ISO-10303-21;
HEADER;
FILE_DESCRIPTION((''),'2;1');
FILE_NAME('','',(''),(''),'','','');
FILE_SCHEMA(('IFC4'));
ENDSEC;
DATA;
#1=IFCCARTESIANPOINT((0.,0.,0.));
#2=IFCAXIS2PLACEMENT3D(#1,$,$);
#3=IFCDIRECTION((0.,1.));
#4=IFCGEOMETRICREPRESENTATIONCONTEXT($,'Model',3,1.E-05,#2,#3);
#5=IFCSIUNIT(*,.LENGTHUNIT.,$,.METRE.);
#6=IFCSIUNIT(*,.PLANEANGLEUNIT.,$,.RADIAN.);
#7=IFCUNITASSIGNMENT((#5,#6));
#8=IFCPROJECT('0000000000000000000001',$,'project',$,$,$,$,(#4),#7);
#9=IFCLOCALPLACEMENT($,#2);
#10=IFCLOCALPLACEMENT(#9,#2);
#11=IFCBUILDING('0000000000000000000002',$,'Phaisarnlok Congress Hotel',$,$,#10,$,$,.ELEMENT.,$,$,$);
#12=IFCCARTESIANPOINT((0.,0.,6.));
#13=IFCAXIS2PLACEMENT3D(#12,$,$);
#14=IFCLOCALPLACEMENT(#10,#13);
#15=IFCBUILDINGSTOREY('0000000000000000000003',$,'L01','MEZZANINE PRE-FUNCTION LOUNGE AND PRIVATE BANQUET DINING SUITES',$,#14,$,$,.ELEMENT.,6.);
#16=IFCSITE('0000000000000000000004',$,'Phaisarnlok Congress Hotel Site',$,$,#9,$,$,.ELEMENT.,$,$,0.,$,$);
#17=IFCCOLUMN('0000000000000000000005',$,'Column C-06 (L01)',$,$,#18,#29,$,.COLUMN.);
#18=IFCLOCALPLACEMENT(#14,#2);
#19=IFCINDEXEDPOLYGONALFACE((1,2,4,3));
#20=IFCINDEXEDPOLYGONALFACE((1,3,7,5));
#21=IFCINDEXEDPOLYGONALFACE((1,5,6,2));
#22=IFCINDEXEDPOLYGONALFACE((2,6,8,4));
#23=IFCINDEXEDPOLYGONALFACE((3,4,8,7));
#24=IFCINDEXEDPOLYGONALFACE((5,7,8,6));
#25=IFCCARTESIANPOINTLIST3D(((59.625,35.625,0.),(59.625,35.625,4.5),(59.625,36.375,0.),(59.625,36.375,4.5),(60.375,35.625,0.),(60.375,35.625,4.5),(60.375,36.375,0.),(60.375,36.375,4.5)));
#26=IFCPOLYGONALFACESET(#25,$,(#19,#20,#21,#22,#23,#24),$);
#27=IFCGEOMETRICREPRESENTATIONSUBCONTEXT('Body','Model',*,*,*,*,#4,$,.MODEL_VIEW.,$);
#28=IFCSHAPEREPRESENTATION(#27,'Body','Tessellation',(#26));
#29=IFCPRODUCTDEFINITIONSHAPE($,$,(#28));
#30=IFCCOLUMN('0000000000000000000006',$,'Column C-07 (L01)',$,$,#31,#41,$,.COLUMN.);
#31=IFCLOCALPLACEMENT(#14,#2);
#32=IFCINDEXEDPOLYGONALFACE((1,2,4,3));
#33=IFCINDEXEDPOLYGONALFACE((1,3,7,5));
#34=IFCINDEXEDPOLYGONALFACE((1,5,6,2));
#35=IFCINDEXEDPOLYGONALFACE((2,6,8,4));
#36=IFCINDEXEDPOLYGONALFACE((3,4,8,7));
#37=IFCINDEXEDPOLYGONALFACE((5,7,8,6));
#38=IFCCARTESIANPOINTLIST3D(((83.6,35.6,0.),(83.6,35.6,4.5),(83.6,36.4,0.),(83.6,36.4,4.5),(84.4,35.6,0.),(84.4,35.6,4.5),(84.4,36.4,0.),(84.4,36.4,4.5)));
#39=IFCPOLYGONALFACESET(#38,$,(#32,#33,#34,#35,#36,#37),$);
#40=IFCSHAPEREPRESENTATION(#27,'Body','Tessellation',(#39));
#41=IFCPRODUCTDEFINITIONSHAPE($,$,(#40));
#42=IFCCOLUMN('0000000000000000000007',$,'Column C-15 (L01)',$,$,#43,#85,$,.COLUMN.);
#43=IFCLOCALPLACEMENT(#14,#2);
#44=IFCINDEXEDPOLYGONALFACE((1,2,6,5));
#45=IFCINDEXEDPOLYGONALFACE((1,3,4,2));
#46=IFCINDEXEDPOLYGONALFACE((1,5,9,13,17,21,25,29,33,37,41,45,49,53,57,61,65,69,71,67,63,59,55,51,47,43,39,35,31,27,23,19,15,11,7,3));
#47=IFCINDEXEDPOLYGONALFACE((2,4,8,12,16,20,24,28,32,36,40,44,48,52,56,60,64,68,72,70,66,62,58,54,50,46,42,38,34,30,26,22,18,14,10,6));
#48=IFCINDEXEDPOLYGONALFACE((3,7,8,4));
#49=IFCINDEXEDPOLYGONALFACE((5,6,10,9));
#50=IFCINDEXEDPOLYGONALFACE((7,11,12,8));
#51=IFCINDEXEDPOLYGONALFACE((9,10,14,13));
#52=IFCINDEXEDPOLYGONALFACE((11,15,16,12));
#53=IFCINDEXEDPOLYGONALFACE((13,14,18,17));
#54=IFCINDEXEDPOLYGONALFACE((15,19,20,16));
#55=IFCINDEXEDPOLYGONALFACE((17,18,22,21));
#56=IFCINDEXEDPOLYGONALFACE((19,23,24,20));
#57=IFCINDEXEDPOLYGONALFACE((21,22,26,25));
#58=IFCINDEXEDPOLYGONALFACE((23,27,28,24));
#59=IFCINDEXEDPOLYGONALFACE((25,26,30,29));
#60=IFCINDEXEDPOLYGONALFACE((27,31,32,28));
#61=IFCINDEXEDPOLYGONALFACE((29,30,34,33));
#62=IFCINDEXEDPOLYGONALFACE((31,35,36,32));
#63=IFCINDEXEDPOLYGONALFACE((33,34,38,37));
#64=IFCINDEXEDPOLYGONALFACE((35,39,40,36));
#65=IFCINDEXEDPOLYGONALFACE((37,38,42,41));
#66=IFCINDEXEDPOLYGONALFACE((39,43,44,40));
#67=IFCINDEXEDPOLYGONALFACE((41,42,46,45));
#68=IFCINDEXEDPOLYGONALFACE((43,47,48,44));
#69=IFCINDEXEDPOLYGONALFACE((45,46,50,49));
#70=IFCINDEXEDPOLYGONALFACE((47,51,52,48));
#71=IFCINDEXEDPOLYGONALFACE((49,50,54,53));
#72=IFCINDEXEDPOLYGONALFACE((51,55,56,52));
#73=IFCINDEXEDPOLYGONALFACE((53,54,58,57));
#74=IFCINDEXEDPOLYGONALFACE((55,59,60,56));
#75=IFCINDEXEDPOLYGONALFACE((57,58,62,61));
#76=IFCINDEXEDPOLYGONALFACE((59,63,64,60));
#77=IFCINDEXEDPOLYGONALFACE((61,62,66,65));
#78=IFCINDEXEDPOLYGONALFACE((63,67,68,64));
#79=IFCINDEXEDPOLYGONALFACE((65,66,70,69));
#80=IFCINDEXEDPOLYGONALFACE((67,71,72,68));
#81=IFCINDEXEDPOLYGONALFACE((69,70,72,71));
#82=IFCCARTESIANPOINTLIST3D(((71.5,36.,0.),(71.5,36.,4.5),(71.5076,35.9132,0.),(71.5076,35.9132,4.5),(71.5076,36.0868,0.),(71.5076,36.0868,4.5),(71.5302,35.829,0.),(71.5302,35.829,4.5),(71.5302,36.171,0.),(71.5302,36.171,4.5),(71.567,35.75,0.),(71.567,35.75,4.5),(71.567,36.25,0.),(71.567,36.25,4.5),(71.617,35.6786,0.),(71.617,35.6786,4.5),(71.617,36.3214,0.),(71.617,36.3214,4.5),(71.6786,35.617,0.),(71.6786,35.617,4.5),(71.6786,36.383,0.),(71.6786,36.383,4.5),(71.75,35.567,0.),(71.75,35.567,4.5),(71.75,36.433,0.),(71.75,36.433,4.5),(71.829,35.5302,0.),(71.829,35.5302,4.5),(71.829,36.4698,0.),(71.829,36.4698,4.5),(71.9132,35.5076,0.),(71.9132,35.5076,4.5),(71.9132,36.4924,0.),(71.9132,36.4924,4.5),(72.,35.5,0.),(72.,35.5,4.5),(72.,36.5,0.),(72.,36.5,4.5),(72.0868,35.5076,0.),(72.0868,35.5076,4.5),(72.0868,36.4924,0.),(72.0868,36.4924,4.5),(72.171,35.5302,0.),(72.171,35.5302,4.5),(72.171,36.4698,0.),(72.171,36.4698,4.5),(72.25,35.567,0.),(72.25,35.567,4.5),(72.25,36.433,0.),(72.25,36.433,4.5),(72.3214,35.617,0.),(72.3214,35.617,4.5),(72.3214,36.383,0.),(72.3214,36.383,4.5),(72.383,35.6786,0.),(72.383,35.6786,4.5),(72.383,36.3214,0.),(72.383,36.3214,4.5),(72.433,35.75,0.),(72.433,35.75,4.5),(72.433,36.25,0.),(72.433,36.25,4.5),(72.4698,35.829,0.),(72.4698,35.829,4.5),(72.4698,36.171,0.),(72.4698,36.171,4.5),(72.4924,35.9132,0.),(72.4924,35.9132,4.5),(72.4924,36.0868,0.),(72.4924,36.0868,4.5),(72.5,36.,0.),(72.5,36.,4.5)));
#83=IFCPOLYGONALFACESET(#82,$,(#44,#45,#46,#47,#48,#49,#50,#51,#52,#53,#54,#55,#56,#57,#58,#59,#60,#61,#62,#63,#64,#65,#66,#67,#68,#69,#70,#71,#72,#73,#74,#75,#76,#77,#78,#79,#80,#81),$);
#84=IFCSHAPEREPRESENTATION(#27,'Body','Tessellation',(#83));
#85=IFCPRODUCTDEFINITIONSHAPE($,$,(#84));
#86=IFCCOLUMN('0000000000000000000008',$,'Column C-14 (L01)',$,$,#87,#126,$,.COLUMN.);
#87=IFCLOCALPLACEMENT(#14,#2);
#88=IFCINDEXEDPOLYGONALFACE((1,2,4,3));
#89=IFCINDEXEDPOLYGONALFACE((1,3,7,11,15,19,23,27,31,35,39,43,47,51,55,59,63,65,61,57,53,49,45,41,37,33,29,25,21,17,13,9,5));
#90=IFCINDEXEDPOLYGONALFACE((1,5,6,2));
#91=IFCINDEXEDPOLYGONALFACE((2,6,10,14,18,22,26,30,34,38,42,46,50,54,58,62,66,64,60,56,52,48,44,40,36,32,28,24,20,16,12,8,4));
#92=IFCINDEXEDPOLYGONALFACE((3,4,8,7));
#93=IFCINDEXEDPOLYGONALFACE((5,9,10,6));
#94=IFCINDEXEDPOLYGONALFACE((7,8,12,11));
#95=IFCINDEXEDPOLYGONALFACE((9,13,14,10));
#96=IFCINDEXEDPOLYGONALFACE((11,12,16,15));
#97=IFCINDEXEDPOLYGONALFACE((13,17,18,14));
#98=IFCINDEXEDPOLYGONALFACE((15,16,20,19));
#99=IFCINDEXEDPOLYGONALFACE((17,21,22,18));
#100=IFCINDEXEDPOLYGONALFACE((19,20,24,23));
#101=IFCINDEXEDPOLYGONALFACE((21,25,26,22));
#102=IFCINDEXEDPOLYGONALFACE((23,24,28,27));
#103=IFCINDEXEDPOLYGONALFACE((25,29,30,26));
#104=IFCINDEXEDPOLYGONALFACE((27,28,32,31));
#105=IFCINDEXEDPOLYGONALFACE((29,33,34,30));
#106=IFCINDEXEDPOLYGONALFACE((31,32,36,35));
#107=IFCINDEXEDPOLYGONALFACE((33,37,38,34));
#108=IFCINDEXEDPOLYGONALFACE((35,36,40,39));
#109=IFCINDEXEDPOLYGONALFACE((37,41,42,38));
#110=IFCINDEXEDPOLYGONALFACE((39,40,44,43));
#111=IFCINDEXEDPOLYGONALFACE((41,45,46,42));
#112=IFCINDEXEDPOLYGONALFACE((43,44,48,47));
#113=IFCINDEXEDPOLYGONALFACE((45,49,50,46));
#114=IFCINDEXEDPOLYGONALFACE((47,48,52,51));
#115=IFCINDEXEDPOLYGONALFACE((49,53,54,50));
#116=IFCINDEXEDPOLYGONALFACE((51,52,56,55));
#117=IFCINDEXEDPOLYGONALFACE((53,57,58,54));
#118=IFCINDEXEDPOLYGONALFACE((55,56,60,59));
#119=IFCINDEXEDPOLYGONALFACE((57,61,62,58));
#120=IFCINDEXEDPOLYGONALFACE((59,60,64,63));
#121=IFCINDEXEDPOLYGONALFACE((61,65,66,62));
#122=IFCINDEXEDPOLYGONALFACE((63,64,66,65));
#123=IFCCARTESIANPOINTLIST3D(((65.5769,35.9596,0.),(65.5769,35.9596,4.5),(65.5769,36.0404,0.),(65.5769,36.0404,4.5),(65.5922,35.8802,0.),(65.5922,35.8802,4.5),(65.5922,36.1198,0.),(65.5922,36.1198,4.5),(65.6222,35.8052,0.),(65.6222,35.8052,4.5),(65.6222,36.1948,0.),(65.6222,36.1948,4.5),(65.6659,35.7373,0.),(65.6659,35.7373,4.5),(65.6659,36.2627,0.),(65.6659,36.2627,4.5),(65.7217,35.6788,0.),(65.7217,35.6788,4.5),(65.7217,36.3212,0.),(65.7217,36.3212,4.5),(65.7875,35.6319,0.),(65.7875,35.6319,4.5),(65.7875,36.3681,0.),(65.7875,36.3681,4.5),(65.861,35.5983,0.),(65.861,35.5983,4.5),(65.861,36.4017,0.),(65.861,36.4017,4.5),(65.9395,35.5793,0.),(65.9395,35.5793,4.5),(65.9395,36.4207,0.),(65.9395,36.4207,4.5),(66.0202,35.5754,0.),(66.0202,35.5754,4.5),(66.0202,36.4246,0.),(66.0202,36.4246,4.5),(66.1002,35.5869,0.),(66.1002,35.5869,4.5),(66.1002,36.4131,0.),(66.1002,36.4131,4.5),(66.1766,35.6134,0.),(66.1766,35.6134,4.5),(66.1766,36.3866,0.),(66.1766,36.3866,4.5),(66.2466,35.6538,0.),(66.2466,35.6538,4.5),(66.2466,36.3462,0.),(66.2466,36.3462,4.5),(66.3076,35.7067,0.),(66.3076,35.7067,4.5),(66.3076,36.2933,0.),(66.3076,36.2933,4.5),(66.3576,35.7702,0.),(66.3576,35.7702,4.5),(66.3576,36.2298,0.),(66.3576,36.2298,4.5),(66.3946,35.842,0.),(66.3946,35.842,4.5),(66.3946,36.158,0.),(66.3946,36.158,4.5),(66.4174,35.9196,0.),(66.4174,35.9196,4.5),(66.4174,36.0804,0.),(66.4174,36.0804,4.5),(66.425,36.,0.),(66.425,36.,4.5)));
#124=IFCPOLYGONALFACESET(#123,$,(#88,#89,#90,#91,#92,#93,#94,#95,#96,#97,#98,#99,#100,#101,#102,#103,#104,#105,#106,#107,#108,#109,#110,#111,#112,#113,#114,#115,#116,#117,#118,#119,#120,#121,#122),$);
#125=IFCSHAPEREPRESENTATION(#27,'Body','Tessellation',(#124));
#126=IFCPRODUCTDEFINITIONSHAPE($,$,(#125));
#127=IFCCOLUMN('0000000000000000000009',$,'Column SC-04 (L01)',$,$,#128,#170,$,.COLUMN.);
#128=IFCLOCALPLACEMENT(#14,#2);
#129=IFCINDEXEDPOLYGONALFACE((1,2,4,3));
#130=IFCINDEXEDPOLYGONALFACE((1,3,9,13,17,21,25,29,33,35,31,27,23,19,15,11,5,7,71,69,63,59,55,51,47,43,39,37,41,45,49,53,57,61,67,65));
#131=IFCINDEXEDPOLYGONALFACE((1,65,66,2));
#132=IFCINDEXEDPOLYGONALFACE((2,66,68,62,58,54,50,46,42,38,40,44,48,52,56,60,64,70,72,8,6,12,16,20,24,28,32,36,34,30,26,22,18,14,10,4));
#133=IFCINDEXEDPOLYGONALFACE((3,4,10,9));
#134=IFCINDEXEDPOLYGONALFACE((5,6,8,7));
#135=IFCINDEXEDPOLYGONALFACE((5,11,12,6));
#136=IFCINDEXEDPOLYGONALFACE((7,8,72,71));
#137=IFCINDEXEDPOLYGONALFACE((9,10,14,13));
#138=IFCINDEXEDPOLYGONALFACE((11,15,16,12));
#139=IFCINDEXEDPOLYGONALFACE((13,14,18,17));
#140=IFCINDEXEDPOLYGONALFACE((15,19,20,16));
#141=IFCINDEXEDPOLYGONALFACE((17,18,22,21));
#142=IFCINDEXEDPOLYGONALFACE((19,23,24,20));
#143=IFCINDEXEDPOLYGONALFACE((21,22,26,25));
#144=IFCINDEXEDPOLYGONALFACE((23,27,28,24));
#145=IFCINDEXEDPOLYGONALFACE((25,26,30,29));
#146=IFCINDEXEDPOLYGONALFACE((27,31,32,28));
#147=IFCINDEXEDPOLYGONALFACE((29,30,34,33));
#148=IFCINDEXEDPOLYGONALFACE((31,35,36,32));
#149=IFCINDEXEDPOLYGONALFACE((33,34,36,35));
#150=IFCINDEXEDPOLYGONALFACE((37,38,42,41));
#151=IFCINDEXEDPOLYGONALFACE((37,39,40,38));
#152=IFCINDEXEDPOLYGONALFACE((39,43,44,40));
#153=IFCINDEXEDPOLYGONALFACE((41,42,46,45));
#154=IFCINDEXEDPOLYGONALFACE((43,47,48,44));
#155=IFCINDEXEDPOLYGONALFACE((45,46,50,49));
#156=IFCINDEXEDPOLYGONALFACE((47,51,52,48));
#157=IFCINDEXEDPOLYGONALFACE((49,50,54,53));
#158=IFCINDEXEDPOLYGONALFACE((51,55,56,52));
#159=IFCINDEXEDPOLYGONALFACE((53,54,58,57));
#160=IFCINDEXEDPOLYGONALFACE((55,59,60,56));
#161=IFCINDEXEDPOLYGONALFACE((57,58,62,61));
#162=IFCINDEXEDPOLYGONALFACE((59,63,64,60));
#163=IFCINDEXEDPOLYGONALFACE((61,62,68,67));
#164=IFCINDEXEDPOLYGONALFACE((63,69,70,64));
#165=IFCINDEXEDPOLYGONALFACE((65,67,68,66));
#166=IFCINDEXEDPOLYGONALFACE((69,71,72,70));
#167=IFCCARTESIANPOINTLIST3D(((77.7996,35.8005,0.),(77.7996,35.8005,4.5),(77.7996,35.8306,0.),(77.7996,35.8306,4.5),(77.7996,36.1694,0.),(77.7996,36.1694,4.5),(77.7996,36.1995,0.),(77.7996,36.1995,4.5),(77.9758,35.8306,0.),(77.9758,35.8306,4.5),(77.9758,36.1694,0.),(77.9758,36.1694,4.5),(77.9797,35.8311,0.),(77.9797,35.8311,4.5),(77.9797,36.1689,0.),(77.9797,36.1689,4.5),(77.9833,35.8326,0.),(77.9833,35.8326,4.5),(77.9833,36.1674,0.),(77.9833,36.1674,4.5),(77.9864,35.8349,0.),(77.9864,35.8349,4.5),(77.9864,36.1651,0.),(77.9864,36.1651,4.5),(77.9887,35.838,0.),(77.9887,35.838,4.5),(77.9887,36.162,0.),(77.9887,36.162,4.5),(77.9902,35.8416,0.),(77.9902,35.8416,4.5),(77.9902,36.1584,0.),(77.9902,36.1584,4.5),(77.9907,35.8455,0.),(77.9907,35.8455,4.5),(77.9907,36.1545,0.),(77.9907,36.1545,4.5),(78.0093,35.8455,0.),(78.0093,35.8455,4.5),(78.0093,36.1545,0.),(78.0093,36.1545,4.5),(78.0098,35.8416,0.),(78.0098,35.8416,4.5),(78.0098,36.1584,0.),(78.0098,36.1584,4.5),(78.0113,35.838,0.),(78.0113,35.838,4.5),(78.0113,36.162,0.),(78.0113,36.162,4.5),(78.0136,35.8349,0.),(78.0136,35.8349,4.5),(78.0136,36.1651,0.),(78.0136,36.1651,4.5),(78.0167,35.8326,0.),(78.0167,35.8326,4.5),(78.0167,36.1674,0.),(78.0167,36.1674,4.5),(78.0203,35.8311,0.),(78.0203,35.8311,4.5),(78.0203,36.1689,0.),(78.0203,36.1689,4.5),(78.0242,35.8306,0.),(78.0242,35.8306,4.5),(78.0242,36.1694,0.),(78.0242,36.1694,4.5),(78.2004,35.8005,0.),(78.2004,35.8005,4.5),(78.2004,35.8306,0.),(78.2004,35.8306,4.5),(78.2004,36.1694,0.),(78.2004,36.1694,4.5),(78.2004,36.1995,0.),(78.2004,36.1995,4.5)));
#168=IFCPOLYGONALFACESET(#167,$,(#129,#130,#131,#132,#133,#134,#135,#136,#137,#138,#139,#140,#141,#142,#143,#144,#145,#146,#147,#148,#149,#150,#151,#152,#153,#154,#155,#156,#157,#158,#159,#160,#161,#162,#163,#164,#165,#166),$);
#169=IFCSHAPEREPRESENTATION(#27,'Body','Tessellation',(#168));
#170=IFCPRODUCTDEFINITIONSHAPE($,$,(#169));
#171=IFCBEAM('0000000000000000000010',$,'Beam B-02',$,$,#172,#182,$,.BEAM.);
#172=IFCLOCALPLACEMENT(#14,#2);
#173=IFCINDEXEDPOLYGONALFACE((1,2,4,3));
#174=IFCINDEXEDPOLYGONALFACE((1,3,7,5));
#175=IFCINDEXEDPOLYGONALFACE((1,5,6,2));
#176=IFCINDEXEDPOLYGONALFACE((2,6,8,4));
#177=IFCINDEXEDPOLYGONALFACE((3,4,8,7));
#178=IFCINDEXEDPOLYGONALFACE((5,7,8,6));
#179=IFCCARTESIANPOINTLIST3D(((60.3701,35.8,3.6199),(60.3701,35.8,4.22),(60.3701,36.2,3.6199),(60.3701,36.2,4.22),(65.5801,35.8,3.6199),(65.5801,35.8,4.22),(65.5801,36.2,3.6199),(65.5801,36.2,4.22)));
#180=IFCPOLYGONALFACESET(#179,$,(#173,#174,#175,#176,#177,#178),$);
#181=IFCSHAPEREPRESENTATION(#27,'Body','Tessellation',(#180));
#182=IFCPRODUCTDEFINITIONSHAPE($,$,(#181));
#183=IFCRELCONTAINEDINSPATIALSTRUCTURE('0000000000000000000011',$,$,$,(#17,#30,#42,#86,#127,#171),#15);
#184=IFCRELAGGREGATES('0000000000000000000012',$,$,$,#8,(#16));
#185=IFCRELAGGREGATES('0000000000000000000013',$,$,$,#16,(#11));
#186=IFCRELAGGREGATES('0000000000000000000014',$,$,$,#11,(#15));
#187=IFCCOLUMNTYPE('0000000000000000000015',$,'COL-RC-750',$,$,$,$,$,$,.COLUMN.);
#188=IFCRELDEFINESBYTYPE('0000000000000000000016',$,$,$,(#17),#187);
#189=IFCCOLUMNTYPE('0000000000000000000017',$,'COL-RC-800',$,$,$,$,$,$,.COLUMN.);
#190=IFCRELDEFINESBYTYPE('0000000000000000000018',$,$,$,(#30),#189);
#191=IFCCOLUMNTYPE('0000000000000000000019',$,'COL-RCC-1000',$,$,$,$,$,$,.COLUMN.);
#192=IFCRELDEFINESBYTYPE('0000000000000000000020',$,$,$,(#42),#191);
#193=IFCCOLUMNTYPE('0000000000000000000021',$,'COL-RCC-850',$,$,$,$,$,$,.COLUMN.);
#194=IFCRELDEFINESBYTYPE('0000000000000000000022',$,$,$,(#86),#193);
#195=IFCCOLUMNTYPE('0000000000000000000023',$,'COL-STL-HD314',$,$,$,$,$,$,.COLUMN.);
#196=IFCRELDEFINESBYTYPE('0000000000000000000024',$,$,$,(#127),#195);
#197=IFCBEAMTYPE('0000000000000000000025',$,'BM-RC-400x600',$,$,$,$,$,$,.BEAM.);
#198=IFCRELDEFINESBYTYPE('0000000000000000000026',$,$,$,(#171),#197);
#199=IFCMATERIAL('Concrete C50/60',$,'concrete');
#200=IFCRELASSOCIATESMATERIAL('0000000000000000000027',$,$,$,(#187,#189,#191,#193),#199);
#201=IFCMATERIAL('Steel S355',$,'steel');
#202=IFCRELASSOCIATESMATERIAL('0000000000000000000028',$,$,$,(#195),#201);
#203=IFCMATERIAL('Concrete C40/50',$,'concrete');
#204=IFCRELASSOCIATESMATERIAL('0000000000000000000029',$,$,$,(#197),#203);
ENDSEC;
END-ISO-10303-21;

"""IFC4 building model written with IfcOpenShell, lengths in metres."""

from ifc_helpers import new_model, si_unit, direction, frame, origin, origin_2d, place, context, subcontext, project, spatial, rectangle, circle, i_section, extrude, material, material_profile, profile_set, type_object, element, save


model = new_model("IFC4")

# Units and contexts
model_context = context("Model", 3, precision=1e-05, world=origin(), true_north=direction((0.0, 1.0)))
body_context = subcontext(model_context, "Body", "Model", "MODEL_VIEW")
ifc_project = project(units=[si_unit("LENGTHUNIT", "METRE"), si_unit("PLANEANGLEUNIT", "RADIAN")], contexts=[model_context])

# Site, building, storey
site_placement = place(None, origin())
site = spatial("IfcSite", under=ifc_project, at=site_placement, Name="Phaisarnlok Congress Hotel Site", CompositionType="ELEMENT", RefElevation=0.0)
building_placement = place(site_placement, origin())
building = spatial("IfcBuilding", under=site, at=building_placement, Name="Phaisarnlok Congress Hotel", CompositionType="ELEMENT")
storey_placement = place(building_placement, frame((0.0, 0.0, 6.0)))
storey = spatial("IfcBuildingStorey", under=building, at=storey_placement, Name="L01", Description="MEZZANINE PRE-FUNCTION LOUNGE AND PRIVATE BANQUET DINING SUITES", CompositionType="ELEMENT", Elevation=6.0)

# Columns
ifc_material_1 = material(Name="Concrete C50/60", Category="concrete")
ifc_material_profile_1 = material_profile(ifc_material_1, rectangle(XDim=0.75, YDim=0.75, at=origin_2d()), Name="RC 750x750")
ifc_profile_set_1 = profile_set([ifc_material_profile_1], Name="Concrete C50/60")
column_type_1 = type_object("IfcColumnType", Name="COL-RC-750", PredefinedType="COLUMN", material=ifc_profile_set_1)
column_1_placement = place(storey_placement, frame((60.0, 36.0, 0.0), z_axis=(0.0, 0.0, 1.0), x_axis=(1.0, 0.0, 0.0)))
element("IfcColumn", 1, at=column_1_placement, inside=storey, type_object=column_type_1, Name="Column C-06 (L01)", PredefinedType="COLUMN", context=body_context, shape_type="SweptSolid", body=[
    extrude(rectangle(XDim=0.75, YDim=0.75, at=origin_2d()), origin(), (0.0, 0.0, 1.0), 4.5),
])
ifc_material_profile_2 = material_profile(ifc_material_1, rectangle(XDim=0.8, YDim=0.8, at=origin_2d()), Name="RC 800x800")
ifc_profile_set_2 = profile_set([ifc_material_profile_2], Name="Concrete C50/60")
column_type_2 = type_object("IfcColumnType", Name="COL-RC-800", PredefinedType="COLUMN", material=ifc_profile_set_2)
column_2_placement = place(storey_placement, frame((84.0, 36.0, 0.0), z_axis=(0.0, 0.0, 1.0), x_axis=(1.0, 0.0, 0.0)))
element("IfcColumn", 2, at=column_2_placement, inside=storey, type_object=column_type_2, Name="Column C-07 (L01)", PredefinedType="COLUMN", context=body_context, shape_type="SweptSolid", body=[
    extrude(rectangle(XDim=0.8, YDim=0.8, at=origin_2d()), origin(), (0.0, 0.0, 1.0), 4.5),
])
ifc_material_profile_3 = material_profile(ifc_material_1, circle(Radius=0.5, at=origin_2d()), Name="RCC D1000")
ifc_profile_set_3 = profile_set([ifc_material_profile_3], Name="Concrete C50/60")
column_type_3 = type_object("IfcColumnType", Name="COL-RCC-1000", PredefinedType="COLUMN", material=ifc_profile_set_3)
column_3_placement = place(storey_placement, frame((72.0, 36.0, 0.0), z_axis=(0.0, 0.0, 1.0), x_axis=(1.0, 0.0, 0.0)))
element("IfcColumn", 3, at=column_3_placement, inside=storey, type_object=column_type_3, Name="Column C-15 (L01)", PredefinedType="COLUMN", context=body_context, shape_type="SweptSolid", body=[
    extrude(circle(Radius=0.5, at=origin_2d()), origin(), (0.0, 0.0, 1.0), 4.5),
])
ifc_material_profile_4 = material_profile(ifc_material_1, circle(Radius=0.425, at=origin_2d()), Name="RCC D850")
ifc_profile_set_4 = profile_set([ifc_material_profile_4], Name="Concrete C50/60")
column_type_4 = type_object("IfcColumnType", Name="COL-RCC-850", PredefinedType="COLUMN", material=ifc_profile_set_4)
column_4_placement = place(storey_placement, frame((66.0, 36.0, 0.0), z_axis=(0.0, 0.0, 1.0), x_axis=(1.0, 0.0, 0.0)))
element("IfcColumn", 4, at=column_4_placement, inside=storey, type_object=column_type_4, Name="Column C-14 (L01)", PredefinedType="COLUMN", context=body_context, shape_type="SweptSolid", body=[
    extrude(circle(Radius=0.425, at=origin_2d()), origin(), (0.0, 0.0, 1.0), 4.5),
])
ifc_material_2 = material(Name="Steel S355", Category="steel")
ifc_material_profile_5 = material_profile(ifc_material_2, i_section(OverallWidth=0.4009, OverallDepth=0.3989, WebThickness=0.0186, FlangeThickness=0.03, FilletRadius=0.0149, at=origin_2d()), Name="HD 400x314")
ifc_profile_set_5 = profile_set([ifc_material_profile_5], Name="Steel S355")
column_type_5 = type_object("IfcColumnType", Name="COL-STL-HD314", PredefinedType="COLUMN", material=ifc_profile_set_5)
column_5_placement = place(storey_placement, frame((78.0, 36.0, 0.0), z_axis=(0.0, 0.0, 1.0), x_axis=(1.0, 0.0, 0.0)))
element("IfcColumn", 5, at=column_5_placement, inside=storey, type_object=column_type_5, Name="Column SC-04 (L01)", PredefinedType="COLUMN", context=body_context, shape_type="SweptSolid", body=[
    extrude(i_section(OverallWidth=0.4009, OverallDepth=0.3989, WebThickness=0.0186, FlangeThickness=0.03, FilletRadius=0.0149, at=origin_2d()), origin(), (0.0, 0.0, 1.0), 4.5),
])

# Beam
ifc_material_3 = material(Name="Concrete C40/50", Category="concrete")
ifc_material_profile_6 = material_profile(ifc_material_3, rectangle(XDim=0.3999, YDim=0.6001, at=origin_2d()), Name="RC 400x600")
ifc_profile_set_6 = profile_set([ifc_material_profile_6], Name="Concrete C40/50")
beam_type_1 = type_object("IfcBeamType", Name="BM-RC-400x600", PredefinedType="BEAM", material=ifc_profile_set_6)
beam_1_placement = place(storey_placement, frame((60.3701, 36.0, 3.9199), z_axis=(1.0, 0.0, 0.0), x_axis=(0.0, 1.0, 0.0)))
element("IfcBeam", 6, at=beam_1_placement, inside=storey, type_object=beam_type_1, Name="Beam B-02", PredefinedType="BEAM", context=body_context, shape_type="SweptSolid", body=[
    extrude(rectangle(XDim=0.3999, YDim=0.6001, at=origin_2d()), origin(), (0.0, 0.0, 1.0), 5.21),
])

save(model, "model.ifc")
